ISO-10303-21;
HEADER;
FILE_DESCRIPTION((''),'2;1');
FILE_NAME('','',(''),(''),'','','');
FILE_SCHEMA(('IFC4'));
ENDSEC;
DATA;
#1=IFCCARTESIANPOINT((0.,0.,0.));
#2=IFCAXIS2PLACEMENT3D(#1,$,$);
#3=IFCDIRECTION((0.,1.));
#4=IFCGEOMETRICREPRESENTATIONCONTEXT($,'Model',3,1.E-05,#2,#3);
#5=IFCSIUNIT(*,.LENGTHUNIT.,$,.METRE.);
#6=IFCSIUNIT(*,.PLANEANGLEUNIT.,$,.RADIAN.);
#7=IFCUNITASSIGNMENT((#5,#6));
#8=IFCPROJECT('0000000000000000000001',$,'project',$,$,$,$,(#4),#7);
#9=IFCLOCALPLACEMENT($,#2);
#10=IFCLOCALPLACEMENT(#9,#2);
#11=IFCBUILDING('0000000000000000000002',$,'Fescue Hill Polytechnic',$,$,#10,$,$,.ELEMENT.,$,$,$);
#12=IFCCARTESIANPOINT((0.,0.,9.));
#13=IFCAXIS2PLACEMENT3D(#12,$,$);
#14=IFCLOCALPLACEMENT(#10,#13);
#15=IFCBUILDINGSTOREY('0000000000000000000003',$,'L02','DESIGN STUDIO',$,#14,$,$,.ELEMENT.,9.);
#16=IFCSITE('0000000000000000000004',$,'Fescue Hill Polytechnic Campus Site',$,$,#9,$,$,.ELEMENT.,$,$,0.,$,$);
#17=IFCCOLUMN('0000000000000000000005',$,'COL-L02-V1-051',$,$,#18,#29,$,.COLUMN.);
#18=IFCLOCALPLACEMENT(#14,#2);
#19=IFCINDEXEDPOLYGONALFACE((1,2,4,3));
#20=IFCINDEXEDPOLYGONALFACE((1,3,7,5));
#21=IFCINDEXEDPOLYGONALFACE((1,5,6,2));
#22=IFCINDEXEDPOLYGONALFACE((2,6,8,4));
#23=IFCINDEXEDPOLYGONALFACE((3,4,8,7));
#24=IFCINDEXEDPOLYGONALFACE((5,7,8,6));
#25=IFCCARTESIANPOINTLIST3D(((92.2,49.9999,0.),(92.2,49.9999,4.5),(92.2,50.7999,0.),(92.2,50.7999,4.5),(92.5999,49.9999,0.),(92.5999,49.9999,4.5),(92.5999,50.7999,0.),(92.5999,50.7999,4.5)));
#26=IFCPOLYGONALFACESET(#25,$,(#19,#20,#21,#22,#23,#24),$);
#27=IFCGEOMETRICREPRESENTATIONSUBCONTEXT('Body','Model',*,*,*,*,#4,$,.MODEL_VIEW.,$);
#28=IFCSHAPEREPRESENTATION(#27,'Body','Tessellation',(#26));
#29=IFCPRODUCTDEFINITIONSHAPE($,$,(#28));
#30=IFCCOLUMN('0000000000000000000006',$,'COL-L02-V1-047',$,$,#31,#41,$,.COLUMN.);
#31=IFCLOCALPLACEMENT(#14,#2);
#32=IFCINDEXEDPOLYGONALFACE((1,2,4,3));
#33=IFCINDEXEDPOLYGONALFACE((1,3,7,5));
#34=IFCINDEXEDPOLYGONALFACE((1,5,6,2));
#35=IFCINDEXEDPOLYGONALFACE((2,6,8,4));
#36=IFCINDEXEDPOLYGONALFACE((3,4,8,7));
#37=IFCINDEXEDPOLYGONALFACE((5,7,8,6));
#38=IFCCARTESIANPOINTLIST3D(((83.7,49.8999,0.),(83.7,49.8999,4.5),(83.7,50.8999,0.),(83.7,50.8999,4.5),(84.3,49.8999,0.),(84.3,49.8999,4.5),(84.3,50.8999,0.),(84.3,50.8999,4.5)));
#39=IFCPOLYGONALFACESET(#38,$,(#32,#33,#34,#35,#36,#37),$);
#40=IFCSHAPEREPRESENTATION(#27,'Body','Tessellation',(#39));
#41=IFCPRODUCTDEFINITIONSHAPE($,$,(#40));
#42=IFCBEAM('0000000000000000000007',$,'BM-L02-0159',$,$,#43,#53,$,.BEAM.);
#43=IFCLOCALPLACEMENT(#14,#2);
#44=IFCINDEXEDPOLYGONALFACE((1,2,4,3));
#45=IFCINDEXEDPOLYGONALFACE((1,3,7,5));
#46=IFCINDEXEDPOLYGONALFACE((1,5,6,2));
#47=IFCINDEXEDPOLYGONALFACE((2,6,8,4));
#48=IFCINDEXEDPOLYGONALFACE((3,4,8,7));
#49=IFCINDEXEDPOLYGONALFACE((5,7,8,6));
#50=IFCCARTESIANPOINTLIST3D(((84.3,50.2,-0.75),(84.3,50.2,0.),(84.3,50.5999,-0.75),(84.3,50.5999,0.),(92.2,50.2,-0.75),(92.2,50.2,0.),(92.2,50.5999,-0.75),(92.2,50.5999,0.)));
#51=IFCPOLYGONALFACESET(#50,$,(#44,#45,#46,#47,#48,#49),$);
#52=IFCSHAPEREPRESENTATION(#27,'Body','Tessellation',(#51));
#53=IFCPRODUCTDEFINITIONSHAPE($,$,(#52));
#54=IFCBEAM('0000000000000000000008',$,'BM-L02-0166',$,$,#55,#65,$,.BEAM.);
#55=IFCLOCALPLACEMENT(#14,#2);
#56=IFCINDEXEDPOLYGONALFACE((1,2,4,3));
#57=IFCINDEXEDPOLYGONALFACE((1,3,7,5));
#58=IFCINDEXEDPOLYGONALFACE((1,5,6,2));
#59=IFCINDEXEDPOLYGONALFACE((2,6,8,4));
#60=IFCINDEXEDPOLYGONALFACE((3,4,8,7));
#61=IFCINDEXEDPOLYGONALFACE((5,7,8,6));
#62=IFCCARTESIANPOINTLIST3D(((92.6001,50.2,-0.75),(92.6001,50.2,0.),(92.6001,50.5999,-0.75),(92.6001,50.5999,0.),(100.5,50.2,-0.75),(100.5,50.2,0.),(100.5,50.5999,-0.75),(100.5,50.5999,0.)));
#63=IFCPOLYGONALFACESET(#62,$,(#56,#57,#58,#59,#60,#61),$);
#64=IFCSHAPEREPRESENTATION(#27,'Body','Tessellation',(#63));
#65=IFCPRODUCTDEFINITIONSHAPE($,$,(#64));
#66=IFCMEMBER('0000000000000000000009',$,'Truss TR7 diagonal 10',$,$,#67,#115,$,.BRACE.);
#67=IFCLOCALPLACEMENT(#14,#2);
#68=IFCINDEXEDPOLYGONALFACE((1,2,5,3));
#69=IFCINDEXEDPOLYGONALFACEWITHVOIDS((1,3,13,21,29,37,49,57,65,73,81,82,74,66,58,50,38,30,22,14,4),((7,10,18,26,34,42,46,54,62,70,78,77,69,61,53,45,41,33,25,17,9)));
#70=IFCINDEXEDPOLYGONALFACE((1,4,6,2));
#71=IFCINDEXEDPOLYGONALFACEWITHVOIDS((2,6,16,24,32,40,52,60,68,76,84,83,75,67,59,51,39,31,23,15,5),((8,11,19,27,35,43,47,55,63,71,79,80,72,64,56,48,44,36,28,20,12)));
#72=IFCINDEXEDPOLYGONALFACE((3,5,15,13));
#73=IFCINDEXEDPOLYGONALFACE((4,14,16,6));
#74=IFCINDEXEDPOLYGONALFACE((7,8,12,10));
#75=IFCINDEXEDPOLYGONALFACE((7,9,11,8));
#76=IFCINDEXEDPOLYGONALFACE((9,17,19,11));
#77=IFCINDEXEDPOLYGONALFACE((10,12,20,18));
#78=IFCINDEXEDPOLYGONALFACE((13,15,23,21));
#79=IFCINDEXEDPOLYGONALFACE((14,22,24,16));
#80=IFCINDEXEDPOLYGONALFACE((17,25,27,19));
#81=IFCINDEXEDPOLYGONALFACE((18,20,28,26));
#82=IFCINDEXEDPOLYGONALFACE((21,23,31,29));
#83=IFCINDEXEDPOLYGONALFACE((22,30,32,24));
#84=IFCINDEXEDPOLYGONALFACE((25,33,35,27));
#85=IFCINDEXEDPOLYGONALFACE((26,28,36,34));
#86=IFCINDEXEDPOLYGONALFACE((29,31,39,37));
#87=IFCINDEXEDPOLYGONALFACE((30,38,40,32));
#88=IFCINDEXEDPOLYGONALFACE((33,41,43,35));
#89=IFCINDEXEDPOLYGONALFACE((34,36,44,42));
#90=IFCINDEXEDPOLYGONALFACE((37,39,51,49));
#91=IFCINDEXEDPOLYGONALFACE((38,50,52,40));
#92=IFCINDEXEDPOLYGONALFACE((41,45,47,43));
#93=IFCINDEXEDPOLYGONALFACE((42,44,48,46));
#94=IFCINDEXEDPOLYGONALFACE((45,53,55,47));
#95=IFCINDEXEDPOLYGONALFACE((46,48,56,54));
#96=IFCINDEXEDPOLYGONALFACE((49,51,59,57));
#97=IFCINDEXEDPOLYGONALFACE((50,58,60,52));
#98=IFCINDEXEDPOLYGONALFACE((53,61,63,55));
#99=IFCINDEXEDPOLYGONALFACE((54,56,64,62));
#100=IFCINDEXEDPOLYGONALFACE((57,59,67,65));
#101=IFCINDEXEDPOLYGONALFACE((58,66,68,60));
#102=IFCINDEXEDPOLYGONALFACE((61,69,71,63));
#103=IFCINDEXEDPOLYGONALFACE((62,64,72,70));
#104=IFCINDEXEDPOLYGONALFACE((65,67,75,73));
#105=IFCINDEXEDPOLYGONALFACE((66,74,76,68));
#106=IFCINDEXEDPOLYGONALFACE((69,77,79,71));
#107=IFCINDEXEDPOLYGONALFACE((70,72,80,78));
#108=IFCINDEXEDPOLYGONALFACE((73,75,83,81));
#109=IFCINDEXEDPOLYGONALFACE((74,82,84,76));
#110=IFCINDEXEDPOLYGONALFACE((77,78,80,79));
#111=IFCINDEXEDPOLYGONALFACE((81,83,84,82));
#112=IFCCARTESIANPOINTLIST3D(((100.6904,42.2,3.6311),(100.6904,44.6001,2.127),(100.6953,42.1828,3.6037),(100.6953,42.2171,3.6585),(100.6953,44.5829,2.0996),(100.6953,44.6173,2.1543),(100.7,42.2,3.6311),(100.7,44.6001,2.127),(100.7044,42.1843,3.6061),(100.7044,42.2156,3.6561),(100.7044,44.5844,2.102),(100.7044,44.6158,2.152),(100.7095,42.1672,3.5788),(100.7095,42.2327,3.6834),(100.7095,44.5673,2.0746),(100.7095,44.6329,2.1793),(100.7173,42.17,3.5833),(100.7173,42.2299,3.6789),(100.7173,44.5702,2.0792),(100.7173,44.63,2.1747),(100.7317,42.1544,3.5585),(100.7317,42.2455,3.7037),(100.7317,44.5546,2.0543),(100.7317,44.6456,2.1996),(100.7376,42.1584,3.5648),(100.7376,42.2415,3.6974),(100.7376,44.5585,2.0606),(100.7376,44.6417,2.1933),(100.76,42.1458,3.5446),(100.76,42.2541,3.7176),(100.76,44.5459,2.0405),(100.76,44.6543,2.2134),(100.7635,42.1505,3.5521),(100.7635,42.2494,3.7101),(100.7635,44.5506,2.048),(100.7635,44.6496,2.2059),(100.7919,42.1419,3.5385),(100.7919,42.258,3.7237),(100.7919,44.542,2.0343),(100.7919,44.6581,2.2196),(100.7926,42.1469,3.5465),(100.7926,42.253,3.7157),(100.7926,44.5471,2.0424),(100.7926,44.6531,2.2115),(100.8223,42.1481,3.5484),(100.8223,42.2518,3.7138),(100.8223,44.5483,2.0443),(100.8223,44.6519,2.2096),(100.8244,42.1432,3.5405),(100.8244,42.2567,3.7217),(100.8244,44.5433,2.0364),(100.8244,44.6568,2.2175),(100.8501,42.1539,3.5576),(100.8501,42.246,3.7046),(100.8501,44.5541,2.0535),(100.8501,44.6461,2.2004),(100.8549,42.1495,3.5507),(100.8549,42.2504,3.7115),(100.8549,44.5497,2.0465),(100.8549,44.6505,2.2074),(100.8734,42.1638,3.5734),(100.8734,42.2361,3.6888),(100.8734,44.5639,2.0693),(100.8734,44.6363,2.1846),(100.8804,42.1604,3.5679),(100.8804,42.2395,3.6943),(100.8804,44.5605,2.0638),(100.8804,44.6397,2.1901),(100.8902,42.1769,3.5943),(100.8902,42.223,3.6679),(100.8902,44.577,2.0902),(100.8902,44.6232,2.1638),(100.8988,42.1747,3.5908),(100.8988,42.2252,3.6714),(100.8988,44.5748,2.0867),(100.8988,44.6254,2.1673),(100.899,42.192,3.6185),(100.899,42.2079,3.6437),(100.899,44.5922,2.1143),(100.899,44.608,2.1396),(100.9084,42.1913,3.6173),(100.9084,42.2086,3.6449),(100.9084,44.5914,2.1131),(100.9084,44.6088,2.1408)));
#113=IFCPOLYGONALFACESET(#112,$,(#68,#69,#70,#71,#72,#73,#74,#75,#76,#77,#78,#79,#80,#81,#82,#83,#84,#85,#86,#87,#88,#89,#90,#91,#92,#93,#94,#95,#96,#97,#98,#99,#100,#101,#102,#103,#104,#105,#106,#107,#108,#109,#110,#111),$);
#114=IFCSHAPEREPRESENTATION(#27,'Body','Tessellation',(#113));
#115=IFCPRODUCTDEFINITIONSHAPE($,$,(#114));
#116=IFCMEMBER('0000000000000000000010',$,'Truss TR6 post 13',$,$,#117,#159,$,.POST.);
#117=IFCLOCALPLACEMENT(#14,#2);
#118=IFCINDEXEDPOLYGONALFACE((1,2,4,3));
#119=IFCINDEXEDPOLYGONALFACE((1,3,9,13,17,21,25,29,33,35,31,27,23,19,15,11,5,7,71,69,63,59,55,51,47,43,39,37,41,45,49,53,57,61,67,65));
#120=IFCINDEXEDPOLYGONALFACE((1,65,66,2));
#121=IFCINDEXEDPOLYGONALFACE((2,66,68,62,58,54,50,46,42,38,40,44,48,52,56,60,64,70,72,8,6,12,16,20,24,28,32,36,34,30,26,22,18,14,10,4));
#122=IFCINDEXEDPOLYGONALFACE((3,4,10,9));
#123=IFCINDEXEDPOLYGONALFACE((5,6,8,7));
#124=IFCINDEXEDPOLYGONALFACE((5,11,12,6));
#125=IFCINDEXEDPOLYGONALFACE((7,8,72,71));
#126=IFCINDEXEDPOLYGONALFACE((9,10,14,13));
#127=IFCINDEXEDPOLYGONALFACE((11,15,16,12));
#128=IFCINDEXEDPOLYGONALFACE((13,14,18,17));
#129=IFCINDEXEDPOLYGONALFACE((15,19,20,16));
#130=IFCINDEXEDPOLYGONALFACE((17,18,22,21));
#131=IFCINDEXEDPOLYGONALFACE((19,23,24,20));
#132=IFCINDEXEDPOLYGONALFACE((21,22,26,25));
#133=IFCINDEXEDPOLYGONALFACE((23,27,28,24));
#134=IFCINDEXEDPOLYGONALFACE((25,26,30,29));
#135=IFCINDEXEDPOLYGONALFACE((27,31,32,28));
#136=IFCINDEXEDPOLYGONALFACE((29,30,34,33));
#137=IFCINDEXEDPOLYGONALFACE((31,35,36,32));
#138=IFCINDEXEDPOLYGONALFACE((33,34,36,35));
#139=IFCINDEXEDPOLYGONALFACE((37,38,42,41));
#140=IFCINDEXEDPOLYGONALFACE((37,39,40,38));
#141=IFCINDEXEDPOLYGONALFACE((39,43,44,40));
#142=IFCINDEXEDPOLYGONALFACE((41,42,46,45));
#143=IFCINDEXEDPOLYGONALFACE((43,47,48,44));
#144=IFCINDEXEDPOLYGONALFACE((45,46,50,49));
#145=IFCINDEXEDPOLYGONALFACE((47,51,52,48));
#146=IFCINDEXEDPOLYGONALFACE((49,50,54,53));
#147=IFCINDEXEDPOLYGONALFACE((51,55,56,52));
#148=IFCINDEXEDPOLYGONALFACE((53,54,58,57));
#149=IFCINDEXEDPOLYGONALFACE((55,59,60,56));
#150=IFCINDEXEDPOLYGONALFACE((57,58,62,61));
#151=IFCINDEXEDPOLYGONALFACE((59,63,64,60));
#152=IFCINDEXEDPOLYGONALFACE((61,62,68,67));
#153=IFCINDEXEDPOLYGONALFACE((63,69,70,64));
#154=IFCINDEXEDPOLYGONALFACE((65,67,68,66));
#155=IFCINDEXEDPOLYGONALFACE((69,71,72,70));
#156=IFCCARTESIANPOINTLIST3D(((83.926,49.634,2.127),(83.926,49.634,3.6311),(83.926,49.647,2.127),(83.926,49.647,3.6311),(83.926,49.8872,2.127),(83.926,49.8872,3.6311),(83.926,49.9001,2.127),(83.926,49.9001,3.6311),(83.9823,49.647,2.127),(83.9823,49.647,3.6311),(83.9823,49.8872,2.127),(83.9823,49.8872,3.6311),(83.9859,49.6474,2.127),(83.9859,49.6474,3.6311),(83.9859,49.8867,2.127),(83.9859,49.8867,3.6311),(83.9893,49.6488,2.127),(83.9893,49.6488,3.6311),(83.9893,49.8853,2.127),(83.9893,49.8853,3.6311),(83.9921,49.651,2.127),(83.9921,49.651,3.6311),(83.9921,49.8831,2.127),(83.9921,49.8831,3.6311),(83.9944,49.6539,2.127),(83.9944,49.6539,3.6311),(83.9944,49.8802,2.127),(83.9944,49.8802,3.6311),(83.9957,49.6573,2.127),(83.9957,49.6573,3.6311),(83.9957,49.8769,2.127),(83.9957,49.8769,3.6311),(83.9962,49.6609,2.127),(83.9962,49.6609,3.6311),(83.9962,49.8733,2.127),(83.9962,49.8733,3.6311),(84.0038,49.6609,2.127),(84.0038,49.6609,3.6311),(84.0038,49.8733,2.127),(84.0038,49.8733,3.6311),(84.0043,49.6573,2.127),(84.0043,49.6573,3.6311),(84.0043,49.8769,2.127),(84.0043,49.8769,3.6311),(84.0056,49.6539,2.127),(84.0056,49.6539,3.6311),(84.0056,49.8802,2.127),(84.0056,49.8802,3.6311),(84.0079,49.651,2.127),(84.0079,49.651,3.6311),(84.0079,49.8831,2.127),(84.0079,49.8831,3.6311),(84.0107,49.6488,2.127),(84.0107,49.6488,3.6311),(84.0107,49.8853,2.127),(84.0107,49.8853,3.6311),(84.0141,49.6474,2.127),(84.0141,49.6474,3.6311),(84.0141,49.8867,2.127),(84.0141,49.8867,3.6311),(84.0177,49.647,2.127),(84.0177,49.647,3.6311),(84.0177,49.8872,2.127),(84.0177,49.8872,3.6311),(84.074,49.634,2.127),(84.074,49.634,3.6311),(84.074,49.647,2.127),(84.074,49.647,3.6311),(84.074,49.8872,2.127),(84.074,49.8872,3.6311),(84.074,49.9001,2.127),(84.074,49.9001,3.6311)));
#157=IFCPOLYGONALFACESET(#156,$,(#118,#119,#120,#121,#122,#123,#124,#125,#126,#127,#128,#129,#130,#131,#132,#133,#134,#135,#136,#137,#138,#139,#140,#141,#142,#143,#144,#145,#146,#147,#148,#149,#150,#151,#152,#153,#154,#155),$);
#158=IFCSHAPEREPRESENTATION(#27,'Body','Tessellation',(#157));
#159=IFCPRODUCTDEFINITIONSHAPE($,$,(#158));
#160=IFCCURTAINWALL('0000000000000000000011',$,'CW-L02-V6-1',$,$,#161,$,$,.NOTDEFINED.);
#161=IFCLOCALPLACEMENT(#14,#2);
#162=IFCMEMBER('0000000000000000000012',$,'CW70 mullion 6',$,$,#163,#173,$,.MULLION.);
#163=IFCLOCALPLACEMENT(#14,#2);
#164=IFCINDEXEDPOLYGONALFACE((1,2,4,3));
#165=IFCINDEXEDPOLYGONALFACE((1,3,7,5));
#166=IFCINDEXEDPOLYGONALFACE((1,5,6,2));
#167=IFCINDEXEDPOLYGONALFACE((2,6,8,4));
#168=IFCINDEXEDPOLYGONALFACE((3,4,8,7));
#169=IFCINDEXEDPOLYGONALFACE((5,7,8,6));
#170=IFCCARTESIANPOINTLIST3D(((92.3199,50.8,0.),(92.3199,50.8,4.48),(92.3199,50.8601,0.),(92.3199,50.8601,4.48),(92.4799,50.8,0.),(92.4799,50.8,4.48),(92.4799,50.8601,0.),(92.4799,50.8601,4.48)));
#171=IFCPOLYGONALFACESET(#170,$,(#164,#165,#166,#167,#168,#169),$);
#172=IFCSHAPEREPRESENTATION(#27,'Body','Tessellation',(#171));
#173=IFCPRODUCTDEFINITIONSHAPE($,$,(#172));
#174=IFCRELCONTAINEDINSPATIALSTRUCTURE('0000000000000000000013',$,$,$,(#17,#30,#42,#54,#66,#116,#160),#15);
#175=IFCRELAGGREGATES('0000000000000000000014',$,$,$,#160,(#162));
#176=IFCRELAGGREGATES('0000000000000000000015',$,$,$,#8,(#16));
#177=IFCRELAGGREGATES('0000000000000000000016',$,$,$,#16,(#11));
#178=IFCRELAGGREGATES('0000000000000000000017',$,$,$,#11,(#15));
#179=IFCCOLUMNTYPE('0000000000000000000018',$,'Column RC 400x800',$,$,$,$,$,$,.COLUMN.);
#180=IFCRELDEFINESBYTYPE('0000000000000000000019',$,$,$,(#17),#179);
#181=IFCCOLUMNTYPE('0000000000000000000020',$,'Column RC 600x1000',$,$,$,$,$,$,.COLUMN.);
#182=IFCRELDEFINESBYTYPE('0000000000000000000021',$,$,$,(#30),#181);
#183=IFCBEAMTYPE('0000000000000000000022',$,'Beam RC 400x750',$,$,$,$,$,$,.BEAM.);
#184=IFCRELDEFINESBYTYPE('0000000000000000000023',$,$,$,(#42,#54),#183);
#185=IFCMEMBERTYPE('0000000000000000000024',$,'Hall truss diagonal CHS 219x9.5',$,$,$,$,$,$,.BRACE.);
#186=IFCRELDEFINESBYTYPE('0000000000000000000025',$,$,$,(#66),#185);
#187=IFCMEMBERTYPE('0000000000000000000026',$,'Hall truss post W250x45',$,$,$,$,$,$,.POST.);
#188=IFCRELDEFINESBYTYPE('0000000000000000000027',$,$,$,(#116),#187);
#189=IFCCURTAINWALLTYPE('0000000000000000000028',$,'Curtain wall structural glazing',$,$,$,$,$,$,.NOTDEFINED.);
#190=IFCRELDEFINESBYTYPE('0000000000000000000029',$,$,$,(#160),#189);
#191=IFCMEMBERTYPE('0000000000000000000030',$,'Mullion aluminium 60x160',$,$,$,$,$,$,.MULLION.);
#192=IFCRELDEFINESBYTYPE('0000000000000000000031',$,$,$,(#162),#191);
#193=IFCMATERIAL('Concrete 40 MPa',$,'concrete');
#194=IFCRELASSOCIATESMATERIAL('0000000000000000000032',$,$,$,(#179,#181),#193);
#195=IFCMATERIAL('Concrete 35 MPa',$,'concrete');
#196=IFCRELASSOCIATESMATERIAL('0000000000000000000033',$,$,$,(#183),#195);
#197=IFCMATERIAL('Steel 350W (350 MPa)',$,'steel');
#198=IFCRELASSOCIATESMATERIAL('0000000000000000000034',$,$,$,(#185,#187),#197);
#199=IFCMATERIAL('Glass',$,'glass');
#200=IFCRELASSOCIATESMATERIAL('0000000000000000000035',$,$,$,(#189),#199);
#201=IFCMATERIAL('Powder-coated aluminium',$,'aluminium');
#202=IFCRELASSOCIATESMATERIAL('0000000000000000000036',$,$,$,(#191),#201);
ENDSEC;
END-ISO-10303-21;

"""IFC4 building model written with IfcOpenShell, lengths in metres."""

from ifc_helpers import new_model, si_unit, direction, frame, origin, origin_2d, place, context, subcontext, project, spatial, rectangle, hollow_circle, i_section, extrude, material, material_profile, profile_set, type_object, element, aggregate, save


model = new_model("IFC4")

# Units and contexts
model_context = context("Model", 3, precision=1e-05, world=origin(), true_north=direction((0.0, 1.0)))
body_context = subcontext(model_context, "Body", "Model", "MODEL_VIEW")
ifc_project = project(units=[si_unit("LENGTHUNIT", "METRE"), si_unit("PLANEANGLEUNIT", "RADIAN")], contexts=[model_context])

# Site, building, storey
site_placement = place(None, origin())
site = spatial("IfcSite", under=ifc_project, at=site_placement, Name="Fescue Hill Polytechnic Campus Site", CompositionType="ELEMENT", RefElevation=0.0)
building_placement = place(site_placement, origin())
building = spatial("IfcBuilding", under=site, at=building_placement, Name="Fescue Hill Polytechnic", CompositionType="ELEMENT")
storey_placement = place(building_placement, frame((0.0, 0.0, 9.0)))
storey = spatial("IfcBuildingStorey", under=building, at=storey_placement, Name="L02", Description="DESIGN STUDIO", CompositionType="ELEMENT", Elevation=9.0)

# Columns
ifc_material_1 = material(Name="Concrete 40 MPa", Category="concrete")
ifc_material_profile_1 = material_profile(ifc_material_1, rectangle(XDim=0.3999, YDim=0.8, at=origin_2d()), Name="RC 400x800")
ifc_profile_set_1 = profile_set([ifc_material_profile_1], Name="Concrete 40 MPa")
column_type_1 = type_object("IfcColumnType", Name="Column RC 400x800", PredefinedType="COLUMN", material=ifc_profile_set_1)
column_1_placement = place(storey_placement, frame((92.3999, 50.3999, 0.0), z_axis=(0.0, 0.0, 1.0), x_axis=(1.0, 0.0, 0.0)))
element("IfcColumn", 1, at=column_1_placement, inside=storey, type_object=column_type_1, Name="COL-L02-V1-051", PredefinedType="COLUMN", context=body_context, shape_type="SweptSolid", body=[
    extrude(rectangle(XDim=0.3999, YDim=0.8, at=origin_2d()), origin(), (0.0, 0.0, 1.0), 4.5),
])
ifc_material_profile_2 = material_profile(ifc_material_1, rectangle(XDim=0.6001, YDim=1.0, at=origin_2d()), Name="RC 600x1000")
ifc_profile_set_2 = profile_set([ifc_material_profile_2], Name="Concrete 40 MPa")
column_type_2 = type_object("IfcColumnType", Name="Column RC 600x1000", PredefinedType="COLUMN", material=ifc_profile_set_2)
column_2_placement = place(storey_placement, frame((84.0, 50.3999, 0.0), z_axis=(0.0, 0.0, 1.0), x_axis=(1.0, 0.0, 0.0)))
element("IfcColumn", 2, at=column_2_placement, inside=storey, type_object=column_type_2, Name="COL-L02-V1-047", PredefinedType="COLUMN", context=body_context, shape_type="SweptSolid", body=[
    extrude(rectangle(XDim=0.6001, YDim=1.0, at=origin_2d()), origin(), (0.0, 0.0, 1.0), 4.5),
])

# Beams
ifc_material_2 = material(Name="Concrete 35 MPa", Category="concrete")
ifc_material_profile_3 = material_profile(ifc_material_2, rectangle(XDim=0.3999, YDim=0.75, at=origin_2d()), Name="RC 400x750")
ifc_profile_set_3 = profile_set([ifc_material_profile_3], Name="Concrete 35 MPa")
beam_type = type_object("IfcBeamType", Name="Beam RC 400x750", PredefinedType="BEAM", material=ifc_profile_set_3)
for number, where, z_axis, x_axis, name in (
    (3, (92.2, 50.3999, -0.375), (-1.0, 0.0, 0.0), (0.0, -1.0, 0.0), "BM-L02-0159"),
    (4, (100.5, 50.3999, -0.375), (-1.0, 0.0, 0.0), (0.0, -1.0, 0.0), "BM-L02-0166"),
):
    element("IfcBeam", number, at=place(storey_placement, frame(where, z_axis=z_axis, x_axis=x_axis)), inside=storey, type_object=beam_type, Name=name, PredefinedType="BEAM", context=body_context, shape_type="SweptSolid", body=[
        extrude(rectangle(XDim=0.3999, YDim=0.75, at=origin_2d()), origin(), (0.0, 0.0, 1.0), 7.8999),
    ])

# Members
ifc_material_3 = material(Name="Steel 350W (350 MPa)", Category="steel")
ifc_material_profile_4 = material_profile(ifc_material_3, hollow_circle(Radius=0.1096, WallThickness=0.0095, at=origin_2d()), Name="Hall truss diagonal CHS 219x9.5")
ifc_profile_set_4 = profile_set([ifc_material_profile_4], Name="Steel 350W (350 MPa)")
member_type_1 = type_object("IfcMemberType", Name="Hall truss diagonal CHS 219x9.5", PredefinedType="BRACE", material=ifc_profile_set_4)
member_1_placement = place(storey_placement, frame((100.8, 42.2, 3.6311), z_axis=(0.0, 0.847354, -0.531029), x_axis=(-1.0, 0.0, 0.0)))
element("IfcMember", 5, at=member_1_placement, inside=storey, type_object=member_type_1, Name="Truss TR7 diagonal 10", PredefinedType="BRACE", context=body_context, shape_type="SweptSolid", body=[
    extrude(hollow_circle(Radius=0.1096, WallThickness=0.0095, at=origin_2d()), origin(), (0.0, 0.0, 1.0), 2.8325),
])
ifc_material_profile_5 = material_profile(ifc_material_3, i_section(OverallWidth=0.1479, OverallDepth=0.2661, WebThickness=0.0076, FlangeThickness=0.0129, FilletRadius=0.0139, at=origin_2d()), Name="W250x45")
ifc_profile_set_5 = profile_set([ifc_material_profile_5], Name="Steel 350W (350 MPa)")
member_type_2 = type_object("IfcMemberType", Name="Hall truss post W250x45", PredefinedType="POST", material=ifc_profile_set_5)
member_2_placement = place(storey_placement, frame((84.0, 49.7671, 2.127), z_axis=(0.0, 0.0, 1.0), x_axis=(1.0, 0.0, 0.0)))
element("IfcMember", 6, at=member_2_placement, inside=storey, type_object=member_type_2, Name="Truss TR6 post 13", PredefinedType="POST", context=body_context, shape_type="SweptSolid", body=[
    extrude(i_section(OverallWidth=0.1479, OverallDepth=0.2661, WebThickness=0.0076, FlangeThickness=0.0129, FilletRadius=0.0139, at=origin_2d()), origin(), (0.0, 0.0, 1.0), 1.5042),
])

# Curtain wall, member
ifc_material_4 = material(Name="Glass", Category="glass")
curtain_wall_type = type_object("IfcCurtainWallType", Name="Curtain wall structural glazing", PredefinedType="NOTDEFINED", material=ifc_material_4)
curtain_wall_placement = place(storey_placement, origin())
curtain_wall = element("IfcCurtainWall", 7, at=curtain_wall_placement, inside=storey, type_object=curtain_wall_type, Name="CW-L02-V6-1", PredefinedType="NOTDEFINED")
ifc_material_5 = material(Name="Powder-coated aluminium", Category="aluminium")
ifc_material_profile_6 = material_profile(ifc_material_5, rectangle(XDim=0.1599, YDim=0.0601, at=origin_2d()), Name="Mullion aluminium 60x160")
ifc_profile_set_6 = profile_set([ifc_material_profile_6], Name="Powder-coated aluminium")
member_type_3 = type_object("IfcMemberType", Name="Mullion aluminium 60x160", PredefinedType="MULLION", material=ifc_profile_set_6)
member_3_placement = place(storey_placement, frame((92.3999, 50.8301, 0.0), z_axis=(0.0, 0.0, 1.0), x_axis=(1.0, 0.0, 0.0)))
member_3 = element("IfcMember", 8, at=member_3_placement, type_object=member_type_3, Name="CW70 mullion 6", PredefinedType="MULLION", context=body_context, shape_type="SweptSolid", body=[
    extrude(rectangle(XDim=0.1599, YDim=0.0601, at=origin_2d()), origin(), (0.0, 0.0, 1.0), 4.48),
])

aggregate(curtain_wall, [member_3])

save(model, "model.ifc")
